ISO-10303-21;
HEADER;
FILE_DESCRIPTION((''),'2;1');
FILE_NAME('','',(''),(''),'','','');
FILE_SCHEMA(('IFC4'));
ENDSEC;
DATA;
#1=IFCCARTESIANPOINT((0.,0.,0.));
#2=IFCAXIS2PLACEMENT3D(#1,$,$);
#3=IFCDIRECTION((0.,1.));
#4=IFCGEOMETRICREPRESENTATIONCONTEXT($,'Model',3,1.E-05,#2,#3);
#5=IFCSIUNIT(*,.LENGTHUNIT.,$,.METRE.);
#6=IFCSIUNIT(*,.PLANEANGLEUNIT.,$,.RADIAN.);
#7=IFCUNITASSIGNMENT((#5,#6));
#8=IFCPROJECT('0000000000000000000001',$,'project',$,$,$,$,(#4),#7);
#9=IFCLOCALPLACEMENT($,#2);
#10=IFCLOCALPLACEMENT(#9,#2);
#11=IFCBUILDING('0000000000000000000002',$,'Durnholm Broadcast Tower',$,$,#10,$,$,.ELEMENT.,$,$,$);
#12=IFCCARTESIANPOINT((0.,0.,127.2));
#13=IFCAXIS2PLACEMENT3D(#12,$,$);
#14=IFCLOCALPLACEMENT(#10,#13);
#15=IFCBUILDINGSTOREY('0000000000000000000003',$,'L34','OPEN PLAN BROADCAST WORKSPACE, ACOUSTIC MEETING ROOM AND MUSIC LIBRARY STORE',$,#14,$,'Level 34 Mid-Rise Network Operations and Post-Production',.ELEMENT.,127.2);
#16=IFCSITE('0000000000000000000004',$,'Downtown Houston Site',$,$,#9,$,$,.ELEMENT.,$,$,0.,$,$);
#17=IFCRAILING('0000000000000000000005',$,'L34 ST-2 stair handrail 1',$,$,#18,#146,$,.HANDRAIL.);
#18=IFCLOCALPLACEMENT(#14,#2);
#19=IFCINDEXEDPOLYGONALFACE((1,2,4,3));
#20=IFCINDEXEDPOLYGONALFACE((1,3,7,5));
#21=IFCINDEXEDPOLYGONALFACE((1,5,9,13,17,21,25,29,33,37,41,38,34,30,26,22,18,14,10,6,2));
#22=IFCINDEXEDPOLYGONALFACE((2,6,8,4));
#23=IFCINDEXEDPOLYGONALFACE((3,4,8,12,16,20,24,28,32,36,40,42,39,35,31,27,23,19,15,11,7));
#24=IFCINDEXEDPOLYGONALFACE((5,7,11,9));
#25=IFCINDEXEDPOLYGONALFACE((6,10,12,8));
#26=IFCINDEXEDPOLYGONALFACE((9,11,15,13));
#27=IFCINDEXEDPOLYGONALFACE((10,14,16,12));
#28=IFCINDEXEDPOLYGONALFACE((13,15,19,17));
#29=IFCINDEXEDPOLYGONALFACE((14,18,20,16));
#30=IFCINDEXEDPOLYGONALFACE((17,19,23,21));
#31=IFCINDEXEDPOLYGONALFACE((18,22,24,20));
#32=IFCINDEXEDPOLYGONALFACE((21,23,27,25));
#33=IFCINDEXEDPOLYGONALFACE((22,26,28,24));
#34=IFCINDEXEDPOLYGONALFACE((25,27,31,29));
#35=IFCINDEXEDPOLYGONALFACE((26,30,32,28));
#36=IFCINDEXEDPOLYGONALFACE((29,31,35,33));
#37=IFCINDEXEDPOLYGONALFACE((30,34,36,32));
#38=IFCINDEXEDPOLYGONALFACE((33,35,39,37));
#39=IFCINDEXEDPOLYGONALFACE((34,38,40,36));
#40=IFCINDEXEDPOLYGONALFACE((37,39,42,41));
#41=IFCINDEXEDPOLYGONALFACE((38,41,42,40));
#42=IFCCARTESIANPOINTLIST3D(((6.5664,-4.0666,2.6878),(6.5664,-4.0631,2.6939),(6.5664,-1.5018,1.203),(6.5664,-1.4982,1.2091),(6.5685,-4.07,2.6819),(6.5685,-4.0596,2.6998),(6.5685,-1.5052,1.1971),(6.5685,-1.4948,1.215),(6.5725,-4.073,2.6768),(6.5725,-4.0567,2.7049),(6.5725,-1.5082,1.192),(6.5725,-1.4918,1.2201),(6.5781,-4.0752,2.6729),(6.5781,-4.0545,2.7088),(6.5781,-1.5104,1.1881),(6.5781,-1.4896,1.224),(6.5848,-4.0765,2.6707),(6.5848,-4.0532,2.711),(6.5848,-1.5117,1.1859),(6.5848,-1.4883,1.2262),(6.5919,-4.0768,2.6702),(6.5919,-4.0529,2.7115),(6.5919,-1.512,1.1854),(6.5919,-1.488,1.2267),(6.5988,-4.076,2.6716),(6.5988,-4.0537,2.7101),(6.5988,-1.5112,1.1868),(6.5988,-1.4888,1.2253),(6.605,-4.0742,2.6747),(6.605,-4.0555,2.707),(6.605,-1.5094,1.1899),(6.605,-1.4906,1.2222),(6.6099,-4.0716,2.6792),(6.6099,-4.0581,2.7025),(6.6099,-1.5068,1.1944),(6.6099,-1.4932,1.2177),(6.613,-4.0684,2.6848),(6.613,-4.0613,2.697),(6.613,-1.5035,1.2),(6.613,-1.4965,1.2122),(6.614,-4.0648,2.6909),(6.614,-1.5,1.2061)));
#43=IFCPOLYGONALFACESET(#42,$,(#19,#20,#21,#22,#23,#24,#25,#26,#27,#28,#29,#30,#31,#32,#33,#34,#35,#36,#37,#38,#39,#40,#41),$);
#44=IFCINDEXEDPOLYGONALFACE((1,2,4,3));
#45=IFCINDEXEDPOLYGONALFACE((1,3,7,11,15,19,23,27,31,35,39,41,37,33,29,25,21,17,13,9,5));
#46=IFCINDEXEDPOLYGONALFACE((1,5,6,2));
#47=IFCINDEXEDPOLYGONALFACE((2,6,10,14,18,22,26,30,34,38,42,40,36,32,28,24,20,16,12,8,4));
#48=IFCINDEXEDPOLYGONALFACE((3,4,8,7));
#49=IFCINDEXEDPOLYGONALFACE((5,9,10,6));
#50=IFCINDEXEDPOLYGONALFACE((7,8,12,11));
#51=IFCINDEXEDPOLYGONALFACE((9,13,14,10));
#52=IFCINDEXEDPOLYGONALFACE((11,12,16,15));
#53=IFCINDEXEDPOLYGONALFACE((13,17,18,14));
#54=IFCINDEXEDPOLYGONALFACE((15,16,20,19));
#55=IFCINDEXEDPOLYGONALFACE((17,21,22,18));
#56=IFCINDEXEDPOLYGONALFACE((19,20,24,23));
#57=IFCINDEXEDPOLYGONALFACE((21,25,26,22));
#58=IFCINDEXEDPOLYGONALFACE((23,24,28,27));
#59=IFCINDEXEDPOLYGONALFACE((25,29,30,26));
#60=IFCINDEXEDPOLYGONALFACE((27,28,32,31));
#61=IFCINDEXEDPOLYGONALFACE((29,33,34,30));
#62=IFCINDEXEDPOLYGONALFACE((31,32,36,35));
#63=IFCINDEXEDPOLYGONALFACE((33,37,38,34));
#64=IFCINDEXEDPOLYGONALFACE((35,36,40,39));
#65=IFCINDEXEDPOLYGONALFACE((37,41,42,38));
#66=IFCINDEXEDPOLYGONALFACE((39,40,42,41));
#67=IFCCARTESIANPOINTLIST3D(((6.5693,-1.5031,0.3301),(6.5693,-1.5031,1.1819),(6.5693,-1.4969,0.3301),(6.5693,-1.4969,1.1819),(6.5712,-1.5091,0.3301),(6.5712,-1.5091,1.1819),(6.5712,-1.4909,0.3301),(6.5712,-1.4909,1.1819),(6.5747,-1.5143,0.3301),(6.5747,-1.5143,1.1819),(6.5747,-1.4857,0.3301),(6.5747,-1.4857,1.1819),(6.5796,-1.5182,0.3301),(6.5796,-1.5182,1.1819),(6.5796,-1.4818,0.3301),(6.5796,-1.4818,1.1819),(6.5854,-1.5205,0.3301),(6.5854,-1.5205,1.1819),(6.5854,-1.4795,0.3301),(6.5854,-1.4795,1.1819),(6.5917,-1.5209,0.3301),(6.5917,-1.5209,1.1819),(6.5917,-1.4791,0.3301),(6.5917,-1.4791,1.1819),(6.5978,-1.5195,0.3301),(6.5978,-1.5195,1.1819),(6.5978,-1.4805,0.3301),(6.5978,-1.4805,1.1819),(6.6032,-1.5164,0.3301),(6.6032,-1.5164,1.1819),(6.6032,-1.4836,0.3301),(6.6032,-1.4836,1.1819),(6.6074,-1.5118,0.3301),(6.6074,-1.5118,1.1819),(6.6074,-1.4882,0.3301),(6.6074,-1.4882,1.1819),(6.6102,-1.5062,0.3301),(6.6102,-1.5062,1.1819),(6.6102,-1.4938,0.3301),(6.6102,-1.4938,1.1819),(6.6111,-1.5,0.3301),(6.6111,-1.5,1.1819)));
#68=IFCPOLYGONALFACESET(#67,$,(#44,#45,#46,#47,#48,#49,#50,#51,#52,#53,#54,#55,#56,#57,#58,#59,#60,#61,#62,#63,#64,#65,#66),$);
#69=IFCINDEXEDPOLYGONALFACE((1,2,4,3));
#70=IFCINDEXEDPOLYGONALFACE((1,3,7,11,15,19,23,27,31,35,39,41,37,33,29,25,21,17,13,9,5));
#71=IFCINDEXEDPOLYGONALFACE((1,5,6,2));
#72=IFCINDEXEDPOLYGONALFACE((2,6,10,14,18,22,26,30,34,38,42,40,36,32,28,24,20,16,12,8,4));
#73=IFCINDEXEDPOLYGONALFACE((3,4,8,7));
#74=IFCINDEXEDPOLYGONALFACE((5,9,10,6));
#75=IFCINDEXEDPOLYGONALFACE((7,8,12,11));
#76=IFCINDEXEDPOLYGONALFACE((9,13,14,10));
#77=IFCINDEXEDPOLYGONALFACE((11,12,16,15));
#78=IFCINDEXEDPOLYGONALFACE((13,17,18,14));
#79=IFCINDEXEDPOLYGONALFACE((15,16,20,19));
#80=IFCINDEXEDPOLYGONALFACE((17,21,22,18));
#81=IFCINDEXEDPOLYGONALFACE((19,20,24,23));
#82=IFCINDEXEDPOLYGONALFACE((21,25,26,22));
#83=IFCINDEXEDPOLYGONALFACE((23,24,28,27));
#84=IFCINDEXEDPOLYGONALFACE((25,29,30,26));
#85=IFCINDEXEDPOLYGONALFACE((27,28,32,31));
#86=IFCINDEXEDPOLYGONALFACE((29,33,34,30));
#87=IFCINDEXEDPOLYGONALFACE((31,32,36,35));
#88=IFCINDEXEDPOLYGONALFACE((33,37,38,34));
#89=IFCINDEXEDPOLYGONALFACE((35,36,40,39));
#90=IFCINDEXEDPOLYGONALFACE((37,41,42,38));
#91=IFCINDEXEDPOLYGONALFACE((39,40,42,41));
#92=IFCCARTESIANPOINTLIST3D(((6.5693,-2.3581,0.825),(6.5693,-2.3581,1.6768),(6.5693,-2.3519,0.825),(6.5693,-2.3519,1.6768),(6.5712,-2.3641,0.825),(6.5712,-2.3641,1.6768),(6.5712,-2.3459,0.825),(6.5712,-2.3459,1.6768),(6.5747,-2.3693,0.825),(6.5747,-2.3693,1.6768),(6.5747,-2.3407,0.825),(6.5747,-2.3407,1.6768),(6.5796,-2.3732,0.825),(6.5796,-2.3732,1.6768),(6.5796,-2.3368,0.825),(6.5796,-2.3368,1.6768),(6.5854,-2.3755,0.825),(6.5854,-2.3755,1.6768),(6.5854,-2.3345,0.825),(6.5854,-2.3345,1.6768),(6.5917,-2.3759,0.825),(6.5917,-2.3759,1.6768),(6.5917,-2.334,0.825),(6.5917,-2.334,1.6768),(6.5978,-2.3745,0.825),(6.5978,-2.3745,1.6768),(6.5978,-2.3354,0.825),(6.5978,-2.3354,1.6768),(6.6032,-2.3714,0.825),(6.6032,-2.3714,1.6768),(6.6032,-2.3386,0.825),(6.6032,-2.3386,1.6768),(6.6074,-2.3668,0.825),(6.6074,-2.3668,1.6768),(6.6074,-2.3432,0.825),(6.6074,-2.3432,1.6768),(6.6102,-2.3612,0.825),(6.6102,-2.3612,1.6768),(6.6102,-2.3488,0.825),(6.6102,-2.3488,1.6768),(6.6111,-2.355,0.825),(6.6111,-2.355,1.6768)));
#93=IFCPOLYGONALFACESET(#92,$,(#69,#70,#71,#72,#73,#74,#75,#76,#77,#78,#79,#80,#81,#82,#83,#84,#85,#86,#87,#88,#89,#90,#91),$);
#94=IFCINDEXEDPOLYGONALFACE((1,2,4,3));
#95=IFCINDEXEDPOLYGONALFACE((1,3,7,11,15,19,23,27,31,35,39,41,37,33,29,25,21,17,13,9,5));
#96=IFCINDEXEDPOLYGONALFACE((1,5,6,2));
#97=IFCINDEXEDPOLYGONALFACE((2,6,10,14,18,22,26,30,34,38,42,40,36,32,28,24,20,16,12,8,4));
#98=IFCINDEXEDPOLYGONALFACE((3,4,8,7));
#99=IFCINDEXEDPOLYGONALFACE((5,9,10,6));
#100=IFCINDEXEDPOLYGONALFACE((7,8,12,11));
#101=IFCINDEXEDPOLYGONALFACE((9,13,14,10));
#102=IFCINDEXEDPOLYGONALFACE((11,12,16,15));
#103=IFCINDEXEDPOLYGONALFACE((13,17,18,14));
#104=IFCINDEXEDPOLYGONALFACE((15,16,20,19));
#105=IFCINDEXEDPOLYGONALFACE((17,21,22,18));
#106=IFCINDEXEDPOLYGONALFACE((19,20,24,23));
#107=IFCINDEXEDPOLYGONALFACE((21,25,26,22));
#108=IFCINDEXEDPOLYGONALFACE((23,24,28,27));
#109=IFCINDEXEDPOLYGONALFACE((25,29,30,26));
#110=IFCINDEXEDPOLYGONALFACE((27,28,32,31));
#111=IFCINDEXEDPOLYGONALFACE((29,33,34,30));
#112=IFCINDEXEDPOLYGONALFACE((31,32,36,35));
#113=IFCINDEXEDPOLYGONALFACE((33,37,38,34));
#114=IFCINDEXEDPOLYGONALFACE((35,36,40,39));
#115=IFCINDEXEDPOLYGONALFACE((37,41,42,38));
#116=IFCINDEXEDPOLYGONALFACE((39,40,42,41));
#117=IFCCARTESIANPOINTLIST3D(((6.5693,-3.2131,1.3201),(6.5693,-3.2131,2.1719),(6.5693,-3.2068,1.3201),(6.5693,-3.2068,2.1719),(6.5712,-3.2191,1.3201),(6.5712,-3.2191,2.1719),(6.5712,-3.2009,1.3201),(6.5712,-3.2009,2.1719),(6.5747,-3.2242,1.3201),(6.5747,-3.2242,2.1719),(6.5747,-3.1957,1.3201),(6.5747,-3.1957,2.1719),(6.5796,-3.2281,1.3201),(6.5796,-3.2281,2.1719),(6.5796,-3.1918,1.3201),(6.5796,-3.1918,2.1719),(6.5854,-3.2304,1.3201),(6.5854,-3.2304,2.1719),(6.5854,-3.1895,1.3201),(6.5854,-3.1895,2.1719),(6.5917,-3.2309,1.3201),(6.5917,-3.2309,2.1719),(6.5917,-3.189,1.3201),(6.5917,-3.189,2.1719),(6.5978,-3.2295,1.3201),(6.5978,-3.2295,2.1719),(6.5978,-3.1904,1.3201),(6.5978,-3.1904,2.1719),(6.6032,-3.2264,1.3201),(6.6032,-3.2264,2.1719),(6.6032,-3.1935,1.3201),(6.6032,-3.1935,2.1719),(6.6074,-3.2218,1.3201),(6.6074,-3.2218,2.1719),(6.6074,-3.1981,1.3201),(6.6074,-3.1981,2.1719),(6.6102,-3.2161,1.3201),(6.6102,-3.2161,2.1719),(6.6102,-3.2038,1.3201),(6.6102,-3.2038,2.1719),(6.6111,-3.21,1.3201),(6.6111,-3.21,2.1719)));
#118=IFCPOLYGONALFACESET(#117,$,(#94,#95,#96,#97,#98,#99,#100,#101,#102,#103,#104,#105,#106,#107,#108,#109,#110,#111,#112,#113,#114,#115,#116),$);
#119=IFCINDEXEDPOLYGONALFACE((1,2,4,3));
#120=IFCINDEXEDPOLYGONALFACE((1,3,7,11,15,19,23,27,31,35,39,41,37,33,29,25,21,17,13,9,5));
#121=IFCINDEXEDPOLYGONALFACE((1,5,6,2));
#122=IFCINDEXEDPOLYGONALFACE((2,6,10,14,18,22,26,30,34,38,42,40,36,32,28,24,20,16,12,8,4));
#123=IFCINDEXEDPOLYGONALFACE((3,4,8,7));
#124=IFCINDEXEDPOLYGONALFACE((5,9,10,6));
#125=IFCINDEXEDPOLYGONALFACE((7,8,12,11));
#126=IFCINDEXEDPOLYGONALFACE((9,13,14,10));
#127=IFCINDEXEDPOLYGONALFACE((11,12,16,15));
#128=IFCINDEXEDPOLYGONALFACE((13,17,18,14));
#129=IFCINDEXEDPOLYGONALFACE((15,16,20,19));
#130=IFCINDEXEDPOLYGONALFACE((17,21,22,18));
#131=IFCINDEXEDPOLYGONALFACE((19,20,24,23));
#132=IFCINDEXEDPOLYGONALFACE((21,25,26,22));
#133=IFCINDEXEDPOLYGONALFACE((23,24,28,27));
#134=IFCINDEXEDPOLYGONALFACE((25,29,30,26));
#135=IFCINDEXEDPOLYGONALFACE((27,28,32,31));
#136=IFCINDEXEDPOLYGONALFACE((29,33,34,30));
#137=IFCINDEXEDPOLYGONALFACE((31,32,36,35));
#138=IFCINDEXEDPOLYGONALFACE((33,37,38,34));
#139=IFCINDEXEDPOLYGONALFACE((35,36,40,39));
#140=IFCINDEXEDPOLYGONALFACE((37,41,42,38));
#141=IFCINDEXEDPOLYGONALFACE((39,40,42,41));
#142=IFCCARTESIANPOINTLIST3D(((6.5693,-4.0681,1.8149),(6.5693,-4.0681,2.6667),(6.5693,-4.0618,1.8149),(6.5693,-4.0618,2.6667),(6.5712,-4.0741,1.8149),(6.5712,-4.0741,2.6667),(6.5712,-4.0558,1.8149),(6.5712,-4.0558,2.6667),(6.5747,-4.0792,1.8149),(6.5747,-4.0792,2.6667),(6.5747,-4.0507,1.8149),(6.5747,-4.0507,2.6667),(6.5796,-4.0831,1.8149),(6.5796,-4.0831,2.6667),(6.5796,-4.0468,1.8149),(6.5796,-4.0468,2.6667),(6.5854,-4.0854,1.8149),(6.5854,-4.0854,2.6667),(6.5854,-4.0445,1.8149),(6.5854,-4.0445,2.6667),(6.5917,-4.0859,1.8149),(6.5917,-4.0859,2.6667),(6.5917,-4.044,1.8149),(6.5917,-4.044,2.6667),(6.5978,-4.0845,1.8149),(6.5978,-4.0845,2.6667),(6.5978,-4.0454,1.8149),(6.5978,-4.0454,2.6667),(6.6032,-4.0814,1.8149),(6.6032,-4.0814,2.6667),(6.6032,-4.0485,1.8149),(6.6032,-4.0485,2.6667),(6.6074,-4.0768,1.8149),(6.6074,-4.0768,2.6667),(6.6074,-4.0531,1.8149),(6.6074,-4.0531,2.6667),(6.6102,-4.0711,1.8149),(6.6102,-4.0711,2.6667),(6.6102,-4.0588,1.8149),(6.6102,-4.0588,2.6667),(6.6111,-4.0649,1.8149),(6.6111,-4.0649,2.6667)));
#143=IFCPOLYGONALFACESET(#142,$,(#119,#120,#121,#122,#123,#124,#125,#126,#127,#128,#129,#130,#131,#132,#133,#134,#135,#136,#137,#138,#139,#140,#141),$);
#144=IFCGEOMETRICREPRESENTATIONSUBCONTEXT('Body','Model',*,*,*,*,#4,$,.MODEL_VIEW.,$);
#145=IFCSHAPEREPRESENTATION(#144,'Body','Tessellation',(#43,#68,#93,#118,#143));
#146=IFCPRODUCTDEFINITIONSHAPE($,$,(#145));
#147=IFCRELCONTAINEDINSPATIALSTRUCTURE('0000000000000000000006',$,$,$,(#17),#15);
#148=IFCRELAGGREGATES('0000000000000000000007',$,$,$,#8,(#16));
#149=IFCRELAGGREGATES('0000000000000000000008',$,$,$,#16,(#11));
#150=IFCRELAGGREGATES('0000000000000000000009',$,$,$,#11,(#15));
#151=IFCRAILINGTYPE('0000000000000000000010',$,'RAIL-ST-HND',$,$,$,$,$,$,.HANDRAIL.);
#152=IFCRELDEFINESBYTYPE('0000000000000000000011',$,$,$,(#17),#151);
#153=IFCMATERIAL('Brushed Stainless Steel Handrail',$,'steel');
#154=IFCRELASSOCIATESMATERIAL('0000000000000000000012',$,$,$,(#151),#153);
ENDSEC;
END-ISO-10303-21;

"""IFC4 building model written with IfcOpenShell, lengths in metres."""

from ifc_helpers import new_model, si_unit, direction, frame, origin, origin_2d, place, context, subcontext, project, spatial, circle, extrude, material, type_object, element, save


model = new_model("IFC4")

# Units and contexts
model_context = context("Model", 3, precision=1e-05, world=origin(), true_north=direction((0.0, 1.0)))
body_context = subcontext(model_context, "Body", "Model", "MODEL_VIEW")
ifc_project = project(units=[si_unit("LENGTHUNIT", "METRE"), si_unit("PLANEANGLEUNIT", "RADIAN")], contexts=[model_context])

# Site, building, storey
site_placement = place(None, origin())
site = spatial("IfcSite", under=ifc_project, at=site_placement, Name="Downtown Houston Site", CompositionType="ELEMENT", RefElevation=0.0)
building_placement = place(site_placement, origin())
building = spatial("IfcBuilding", under=site, at=building_placement, Name="Durnholm Broadcast Tower", CompositionType="ELEMENT")
storey_placement = place(building_placement, frame((0.0, 0.0, 127.2)))
storey = spatial("IfcBuildingStorey", under=building, at=storey_placement, Name="L34", Description="OPEN PLAN BROADCAST WORKSPACE, ACOUSTIC MEETING ROOM AND MUSIC LIBRARY STORE", LongName="Level 34 Mid-Rise Network Operations and Post-Production", CompositionType="ELEMENT", Elevation=127.2)

# Railing
ifc_material_1 = material(Name="Brushed Stainless Steel Handrail", Category="steel")
railing_type_1 = type_object("IfcRailingType", Name="RAIL-ST-HND", PredefinedType="HANDRAIL", material=ifc_material_1)
railing_1_placement = place(storey_placement, frame((6.5901, -1.5, 0.3301)))
element("IfcRailing", 1, at=railing_1_placement, inside=storey, type_object=railing_type_1, Name="L34 ST-2 stair handrail 1", PredefinedType="HANDRAIL", context=body_context, shape_type="SweptSolid", body=[
    extrude(circle(Radius=0.0239, at=origin_2d()), frame((0.0, 0.0, 0.876), z_axis=(0.0, -0.865441, 0.50101), x_axis=(1.0, 0.0, 0.0)), (0.0, 0.0, 1.0), 2.9636),
    extrude(circle(Radius=0.021, at=origin_2d()), origin(), (0.0, 0.0, 1.0), 0.8518),
    extrude(circle(Radius=0.021, at=origin_2d()), frame((0.0, -0.855, 0.4949)), (0.0, 0.0, 1.0), 0.8518),
    extrude(circle(Radius=0.021, at=origin_2d()), frame((0.0, -1.71, 0.99)), (0.0, 0.0, 1.0), 0.8518),
    extrude(circle(Radius=0.021, at=origin_2d()), frame((0.0, -2.5649, 1.4849)), (0.0, 0.0, 1.0), 0.8518),
])

save(model, "model.ifc")
